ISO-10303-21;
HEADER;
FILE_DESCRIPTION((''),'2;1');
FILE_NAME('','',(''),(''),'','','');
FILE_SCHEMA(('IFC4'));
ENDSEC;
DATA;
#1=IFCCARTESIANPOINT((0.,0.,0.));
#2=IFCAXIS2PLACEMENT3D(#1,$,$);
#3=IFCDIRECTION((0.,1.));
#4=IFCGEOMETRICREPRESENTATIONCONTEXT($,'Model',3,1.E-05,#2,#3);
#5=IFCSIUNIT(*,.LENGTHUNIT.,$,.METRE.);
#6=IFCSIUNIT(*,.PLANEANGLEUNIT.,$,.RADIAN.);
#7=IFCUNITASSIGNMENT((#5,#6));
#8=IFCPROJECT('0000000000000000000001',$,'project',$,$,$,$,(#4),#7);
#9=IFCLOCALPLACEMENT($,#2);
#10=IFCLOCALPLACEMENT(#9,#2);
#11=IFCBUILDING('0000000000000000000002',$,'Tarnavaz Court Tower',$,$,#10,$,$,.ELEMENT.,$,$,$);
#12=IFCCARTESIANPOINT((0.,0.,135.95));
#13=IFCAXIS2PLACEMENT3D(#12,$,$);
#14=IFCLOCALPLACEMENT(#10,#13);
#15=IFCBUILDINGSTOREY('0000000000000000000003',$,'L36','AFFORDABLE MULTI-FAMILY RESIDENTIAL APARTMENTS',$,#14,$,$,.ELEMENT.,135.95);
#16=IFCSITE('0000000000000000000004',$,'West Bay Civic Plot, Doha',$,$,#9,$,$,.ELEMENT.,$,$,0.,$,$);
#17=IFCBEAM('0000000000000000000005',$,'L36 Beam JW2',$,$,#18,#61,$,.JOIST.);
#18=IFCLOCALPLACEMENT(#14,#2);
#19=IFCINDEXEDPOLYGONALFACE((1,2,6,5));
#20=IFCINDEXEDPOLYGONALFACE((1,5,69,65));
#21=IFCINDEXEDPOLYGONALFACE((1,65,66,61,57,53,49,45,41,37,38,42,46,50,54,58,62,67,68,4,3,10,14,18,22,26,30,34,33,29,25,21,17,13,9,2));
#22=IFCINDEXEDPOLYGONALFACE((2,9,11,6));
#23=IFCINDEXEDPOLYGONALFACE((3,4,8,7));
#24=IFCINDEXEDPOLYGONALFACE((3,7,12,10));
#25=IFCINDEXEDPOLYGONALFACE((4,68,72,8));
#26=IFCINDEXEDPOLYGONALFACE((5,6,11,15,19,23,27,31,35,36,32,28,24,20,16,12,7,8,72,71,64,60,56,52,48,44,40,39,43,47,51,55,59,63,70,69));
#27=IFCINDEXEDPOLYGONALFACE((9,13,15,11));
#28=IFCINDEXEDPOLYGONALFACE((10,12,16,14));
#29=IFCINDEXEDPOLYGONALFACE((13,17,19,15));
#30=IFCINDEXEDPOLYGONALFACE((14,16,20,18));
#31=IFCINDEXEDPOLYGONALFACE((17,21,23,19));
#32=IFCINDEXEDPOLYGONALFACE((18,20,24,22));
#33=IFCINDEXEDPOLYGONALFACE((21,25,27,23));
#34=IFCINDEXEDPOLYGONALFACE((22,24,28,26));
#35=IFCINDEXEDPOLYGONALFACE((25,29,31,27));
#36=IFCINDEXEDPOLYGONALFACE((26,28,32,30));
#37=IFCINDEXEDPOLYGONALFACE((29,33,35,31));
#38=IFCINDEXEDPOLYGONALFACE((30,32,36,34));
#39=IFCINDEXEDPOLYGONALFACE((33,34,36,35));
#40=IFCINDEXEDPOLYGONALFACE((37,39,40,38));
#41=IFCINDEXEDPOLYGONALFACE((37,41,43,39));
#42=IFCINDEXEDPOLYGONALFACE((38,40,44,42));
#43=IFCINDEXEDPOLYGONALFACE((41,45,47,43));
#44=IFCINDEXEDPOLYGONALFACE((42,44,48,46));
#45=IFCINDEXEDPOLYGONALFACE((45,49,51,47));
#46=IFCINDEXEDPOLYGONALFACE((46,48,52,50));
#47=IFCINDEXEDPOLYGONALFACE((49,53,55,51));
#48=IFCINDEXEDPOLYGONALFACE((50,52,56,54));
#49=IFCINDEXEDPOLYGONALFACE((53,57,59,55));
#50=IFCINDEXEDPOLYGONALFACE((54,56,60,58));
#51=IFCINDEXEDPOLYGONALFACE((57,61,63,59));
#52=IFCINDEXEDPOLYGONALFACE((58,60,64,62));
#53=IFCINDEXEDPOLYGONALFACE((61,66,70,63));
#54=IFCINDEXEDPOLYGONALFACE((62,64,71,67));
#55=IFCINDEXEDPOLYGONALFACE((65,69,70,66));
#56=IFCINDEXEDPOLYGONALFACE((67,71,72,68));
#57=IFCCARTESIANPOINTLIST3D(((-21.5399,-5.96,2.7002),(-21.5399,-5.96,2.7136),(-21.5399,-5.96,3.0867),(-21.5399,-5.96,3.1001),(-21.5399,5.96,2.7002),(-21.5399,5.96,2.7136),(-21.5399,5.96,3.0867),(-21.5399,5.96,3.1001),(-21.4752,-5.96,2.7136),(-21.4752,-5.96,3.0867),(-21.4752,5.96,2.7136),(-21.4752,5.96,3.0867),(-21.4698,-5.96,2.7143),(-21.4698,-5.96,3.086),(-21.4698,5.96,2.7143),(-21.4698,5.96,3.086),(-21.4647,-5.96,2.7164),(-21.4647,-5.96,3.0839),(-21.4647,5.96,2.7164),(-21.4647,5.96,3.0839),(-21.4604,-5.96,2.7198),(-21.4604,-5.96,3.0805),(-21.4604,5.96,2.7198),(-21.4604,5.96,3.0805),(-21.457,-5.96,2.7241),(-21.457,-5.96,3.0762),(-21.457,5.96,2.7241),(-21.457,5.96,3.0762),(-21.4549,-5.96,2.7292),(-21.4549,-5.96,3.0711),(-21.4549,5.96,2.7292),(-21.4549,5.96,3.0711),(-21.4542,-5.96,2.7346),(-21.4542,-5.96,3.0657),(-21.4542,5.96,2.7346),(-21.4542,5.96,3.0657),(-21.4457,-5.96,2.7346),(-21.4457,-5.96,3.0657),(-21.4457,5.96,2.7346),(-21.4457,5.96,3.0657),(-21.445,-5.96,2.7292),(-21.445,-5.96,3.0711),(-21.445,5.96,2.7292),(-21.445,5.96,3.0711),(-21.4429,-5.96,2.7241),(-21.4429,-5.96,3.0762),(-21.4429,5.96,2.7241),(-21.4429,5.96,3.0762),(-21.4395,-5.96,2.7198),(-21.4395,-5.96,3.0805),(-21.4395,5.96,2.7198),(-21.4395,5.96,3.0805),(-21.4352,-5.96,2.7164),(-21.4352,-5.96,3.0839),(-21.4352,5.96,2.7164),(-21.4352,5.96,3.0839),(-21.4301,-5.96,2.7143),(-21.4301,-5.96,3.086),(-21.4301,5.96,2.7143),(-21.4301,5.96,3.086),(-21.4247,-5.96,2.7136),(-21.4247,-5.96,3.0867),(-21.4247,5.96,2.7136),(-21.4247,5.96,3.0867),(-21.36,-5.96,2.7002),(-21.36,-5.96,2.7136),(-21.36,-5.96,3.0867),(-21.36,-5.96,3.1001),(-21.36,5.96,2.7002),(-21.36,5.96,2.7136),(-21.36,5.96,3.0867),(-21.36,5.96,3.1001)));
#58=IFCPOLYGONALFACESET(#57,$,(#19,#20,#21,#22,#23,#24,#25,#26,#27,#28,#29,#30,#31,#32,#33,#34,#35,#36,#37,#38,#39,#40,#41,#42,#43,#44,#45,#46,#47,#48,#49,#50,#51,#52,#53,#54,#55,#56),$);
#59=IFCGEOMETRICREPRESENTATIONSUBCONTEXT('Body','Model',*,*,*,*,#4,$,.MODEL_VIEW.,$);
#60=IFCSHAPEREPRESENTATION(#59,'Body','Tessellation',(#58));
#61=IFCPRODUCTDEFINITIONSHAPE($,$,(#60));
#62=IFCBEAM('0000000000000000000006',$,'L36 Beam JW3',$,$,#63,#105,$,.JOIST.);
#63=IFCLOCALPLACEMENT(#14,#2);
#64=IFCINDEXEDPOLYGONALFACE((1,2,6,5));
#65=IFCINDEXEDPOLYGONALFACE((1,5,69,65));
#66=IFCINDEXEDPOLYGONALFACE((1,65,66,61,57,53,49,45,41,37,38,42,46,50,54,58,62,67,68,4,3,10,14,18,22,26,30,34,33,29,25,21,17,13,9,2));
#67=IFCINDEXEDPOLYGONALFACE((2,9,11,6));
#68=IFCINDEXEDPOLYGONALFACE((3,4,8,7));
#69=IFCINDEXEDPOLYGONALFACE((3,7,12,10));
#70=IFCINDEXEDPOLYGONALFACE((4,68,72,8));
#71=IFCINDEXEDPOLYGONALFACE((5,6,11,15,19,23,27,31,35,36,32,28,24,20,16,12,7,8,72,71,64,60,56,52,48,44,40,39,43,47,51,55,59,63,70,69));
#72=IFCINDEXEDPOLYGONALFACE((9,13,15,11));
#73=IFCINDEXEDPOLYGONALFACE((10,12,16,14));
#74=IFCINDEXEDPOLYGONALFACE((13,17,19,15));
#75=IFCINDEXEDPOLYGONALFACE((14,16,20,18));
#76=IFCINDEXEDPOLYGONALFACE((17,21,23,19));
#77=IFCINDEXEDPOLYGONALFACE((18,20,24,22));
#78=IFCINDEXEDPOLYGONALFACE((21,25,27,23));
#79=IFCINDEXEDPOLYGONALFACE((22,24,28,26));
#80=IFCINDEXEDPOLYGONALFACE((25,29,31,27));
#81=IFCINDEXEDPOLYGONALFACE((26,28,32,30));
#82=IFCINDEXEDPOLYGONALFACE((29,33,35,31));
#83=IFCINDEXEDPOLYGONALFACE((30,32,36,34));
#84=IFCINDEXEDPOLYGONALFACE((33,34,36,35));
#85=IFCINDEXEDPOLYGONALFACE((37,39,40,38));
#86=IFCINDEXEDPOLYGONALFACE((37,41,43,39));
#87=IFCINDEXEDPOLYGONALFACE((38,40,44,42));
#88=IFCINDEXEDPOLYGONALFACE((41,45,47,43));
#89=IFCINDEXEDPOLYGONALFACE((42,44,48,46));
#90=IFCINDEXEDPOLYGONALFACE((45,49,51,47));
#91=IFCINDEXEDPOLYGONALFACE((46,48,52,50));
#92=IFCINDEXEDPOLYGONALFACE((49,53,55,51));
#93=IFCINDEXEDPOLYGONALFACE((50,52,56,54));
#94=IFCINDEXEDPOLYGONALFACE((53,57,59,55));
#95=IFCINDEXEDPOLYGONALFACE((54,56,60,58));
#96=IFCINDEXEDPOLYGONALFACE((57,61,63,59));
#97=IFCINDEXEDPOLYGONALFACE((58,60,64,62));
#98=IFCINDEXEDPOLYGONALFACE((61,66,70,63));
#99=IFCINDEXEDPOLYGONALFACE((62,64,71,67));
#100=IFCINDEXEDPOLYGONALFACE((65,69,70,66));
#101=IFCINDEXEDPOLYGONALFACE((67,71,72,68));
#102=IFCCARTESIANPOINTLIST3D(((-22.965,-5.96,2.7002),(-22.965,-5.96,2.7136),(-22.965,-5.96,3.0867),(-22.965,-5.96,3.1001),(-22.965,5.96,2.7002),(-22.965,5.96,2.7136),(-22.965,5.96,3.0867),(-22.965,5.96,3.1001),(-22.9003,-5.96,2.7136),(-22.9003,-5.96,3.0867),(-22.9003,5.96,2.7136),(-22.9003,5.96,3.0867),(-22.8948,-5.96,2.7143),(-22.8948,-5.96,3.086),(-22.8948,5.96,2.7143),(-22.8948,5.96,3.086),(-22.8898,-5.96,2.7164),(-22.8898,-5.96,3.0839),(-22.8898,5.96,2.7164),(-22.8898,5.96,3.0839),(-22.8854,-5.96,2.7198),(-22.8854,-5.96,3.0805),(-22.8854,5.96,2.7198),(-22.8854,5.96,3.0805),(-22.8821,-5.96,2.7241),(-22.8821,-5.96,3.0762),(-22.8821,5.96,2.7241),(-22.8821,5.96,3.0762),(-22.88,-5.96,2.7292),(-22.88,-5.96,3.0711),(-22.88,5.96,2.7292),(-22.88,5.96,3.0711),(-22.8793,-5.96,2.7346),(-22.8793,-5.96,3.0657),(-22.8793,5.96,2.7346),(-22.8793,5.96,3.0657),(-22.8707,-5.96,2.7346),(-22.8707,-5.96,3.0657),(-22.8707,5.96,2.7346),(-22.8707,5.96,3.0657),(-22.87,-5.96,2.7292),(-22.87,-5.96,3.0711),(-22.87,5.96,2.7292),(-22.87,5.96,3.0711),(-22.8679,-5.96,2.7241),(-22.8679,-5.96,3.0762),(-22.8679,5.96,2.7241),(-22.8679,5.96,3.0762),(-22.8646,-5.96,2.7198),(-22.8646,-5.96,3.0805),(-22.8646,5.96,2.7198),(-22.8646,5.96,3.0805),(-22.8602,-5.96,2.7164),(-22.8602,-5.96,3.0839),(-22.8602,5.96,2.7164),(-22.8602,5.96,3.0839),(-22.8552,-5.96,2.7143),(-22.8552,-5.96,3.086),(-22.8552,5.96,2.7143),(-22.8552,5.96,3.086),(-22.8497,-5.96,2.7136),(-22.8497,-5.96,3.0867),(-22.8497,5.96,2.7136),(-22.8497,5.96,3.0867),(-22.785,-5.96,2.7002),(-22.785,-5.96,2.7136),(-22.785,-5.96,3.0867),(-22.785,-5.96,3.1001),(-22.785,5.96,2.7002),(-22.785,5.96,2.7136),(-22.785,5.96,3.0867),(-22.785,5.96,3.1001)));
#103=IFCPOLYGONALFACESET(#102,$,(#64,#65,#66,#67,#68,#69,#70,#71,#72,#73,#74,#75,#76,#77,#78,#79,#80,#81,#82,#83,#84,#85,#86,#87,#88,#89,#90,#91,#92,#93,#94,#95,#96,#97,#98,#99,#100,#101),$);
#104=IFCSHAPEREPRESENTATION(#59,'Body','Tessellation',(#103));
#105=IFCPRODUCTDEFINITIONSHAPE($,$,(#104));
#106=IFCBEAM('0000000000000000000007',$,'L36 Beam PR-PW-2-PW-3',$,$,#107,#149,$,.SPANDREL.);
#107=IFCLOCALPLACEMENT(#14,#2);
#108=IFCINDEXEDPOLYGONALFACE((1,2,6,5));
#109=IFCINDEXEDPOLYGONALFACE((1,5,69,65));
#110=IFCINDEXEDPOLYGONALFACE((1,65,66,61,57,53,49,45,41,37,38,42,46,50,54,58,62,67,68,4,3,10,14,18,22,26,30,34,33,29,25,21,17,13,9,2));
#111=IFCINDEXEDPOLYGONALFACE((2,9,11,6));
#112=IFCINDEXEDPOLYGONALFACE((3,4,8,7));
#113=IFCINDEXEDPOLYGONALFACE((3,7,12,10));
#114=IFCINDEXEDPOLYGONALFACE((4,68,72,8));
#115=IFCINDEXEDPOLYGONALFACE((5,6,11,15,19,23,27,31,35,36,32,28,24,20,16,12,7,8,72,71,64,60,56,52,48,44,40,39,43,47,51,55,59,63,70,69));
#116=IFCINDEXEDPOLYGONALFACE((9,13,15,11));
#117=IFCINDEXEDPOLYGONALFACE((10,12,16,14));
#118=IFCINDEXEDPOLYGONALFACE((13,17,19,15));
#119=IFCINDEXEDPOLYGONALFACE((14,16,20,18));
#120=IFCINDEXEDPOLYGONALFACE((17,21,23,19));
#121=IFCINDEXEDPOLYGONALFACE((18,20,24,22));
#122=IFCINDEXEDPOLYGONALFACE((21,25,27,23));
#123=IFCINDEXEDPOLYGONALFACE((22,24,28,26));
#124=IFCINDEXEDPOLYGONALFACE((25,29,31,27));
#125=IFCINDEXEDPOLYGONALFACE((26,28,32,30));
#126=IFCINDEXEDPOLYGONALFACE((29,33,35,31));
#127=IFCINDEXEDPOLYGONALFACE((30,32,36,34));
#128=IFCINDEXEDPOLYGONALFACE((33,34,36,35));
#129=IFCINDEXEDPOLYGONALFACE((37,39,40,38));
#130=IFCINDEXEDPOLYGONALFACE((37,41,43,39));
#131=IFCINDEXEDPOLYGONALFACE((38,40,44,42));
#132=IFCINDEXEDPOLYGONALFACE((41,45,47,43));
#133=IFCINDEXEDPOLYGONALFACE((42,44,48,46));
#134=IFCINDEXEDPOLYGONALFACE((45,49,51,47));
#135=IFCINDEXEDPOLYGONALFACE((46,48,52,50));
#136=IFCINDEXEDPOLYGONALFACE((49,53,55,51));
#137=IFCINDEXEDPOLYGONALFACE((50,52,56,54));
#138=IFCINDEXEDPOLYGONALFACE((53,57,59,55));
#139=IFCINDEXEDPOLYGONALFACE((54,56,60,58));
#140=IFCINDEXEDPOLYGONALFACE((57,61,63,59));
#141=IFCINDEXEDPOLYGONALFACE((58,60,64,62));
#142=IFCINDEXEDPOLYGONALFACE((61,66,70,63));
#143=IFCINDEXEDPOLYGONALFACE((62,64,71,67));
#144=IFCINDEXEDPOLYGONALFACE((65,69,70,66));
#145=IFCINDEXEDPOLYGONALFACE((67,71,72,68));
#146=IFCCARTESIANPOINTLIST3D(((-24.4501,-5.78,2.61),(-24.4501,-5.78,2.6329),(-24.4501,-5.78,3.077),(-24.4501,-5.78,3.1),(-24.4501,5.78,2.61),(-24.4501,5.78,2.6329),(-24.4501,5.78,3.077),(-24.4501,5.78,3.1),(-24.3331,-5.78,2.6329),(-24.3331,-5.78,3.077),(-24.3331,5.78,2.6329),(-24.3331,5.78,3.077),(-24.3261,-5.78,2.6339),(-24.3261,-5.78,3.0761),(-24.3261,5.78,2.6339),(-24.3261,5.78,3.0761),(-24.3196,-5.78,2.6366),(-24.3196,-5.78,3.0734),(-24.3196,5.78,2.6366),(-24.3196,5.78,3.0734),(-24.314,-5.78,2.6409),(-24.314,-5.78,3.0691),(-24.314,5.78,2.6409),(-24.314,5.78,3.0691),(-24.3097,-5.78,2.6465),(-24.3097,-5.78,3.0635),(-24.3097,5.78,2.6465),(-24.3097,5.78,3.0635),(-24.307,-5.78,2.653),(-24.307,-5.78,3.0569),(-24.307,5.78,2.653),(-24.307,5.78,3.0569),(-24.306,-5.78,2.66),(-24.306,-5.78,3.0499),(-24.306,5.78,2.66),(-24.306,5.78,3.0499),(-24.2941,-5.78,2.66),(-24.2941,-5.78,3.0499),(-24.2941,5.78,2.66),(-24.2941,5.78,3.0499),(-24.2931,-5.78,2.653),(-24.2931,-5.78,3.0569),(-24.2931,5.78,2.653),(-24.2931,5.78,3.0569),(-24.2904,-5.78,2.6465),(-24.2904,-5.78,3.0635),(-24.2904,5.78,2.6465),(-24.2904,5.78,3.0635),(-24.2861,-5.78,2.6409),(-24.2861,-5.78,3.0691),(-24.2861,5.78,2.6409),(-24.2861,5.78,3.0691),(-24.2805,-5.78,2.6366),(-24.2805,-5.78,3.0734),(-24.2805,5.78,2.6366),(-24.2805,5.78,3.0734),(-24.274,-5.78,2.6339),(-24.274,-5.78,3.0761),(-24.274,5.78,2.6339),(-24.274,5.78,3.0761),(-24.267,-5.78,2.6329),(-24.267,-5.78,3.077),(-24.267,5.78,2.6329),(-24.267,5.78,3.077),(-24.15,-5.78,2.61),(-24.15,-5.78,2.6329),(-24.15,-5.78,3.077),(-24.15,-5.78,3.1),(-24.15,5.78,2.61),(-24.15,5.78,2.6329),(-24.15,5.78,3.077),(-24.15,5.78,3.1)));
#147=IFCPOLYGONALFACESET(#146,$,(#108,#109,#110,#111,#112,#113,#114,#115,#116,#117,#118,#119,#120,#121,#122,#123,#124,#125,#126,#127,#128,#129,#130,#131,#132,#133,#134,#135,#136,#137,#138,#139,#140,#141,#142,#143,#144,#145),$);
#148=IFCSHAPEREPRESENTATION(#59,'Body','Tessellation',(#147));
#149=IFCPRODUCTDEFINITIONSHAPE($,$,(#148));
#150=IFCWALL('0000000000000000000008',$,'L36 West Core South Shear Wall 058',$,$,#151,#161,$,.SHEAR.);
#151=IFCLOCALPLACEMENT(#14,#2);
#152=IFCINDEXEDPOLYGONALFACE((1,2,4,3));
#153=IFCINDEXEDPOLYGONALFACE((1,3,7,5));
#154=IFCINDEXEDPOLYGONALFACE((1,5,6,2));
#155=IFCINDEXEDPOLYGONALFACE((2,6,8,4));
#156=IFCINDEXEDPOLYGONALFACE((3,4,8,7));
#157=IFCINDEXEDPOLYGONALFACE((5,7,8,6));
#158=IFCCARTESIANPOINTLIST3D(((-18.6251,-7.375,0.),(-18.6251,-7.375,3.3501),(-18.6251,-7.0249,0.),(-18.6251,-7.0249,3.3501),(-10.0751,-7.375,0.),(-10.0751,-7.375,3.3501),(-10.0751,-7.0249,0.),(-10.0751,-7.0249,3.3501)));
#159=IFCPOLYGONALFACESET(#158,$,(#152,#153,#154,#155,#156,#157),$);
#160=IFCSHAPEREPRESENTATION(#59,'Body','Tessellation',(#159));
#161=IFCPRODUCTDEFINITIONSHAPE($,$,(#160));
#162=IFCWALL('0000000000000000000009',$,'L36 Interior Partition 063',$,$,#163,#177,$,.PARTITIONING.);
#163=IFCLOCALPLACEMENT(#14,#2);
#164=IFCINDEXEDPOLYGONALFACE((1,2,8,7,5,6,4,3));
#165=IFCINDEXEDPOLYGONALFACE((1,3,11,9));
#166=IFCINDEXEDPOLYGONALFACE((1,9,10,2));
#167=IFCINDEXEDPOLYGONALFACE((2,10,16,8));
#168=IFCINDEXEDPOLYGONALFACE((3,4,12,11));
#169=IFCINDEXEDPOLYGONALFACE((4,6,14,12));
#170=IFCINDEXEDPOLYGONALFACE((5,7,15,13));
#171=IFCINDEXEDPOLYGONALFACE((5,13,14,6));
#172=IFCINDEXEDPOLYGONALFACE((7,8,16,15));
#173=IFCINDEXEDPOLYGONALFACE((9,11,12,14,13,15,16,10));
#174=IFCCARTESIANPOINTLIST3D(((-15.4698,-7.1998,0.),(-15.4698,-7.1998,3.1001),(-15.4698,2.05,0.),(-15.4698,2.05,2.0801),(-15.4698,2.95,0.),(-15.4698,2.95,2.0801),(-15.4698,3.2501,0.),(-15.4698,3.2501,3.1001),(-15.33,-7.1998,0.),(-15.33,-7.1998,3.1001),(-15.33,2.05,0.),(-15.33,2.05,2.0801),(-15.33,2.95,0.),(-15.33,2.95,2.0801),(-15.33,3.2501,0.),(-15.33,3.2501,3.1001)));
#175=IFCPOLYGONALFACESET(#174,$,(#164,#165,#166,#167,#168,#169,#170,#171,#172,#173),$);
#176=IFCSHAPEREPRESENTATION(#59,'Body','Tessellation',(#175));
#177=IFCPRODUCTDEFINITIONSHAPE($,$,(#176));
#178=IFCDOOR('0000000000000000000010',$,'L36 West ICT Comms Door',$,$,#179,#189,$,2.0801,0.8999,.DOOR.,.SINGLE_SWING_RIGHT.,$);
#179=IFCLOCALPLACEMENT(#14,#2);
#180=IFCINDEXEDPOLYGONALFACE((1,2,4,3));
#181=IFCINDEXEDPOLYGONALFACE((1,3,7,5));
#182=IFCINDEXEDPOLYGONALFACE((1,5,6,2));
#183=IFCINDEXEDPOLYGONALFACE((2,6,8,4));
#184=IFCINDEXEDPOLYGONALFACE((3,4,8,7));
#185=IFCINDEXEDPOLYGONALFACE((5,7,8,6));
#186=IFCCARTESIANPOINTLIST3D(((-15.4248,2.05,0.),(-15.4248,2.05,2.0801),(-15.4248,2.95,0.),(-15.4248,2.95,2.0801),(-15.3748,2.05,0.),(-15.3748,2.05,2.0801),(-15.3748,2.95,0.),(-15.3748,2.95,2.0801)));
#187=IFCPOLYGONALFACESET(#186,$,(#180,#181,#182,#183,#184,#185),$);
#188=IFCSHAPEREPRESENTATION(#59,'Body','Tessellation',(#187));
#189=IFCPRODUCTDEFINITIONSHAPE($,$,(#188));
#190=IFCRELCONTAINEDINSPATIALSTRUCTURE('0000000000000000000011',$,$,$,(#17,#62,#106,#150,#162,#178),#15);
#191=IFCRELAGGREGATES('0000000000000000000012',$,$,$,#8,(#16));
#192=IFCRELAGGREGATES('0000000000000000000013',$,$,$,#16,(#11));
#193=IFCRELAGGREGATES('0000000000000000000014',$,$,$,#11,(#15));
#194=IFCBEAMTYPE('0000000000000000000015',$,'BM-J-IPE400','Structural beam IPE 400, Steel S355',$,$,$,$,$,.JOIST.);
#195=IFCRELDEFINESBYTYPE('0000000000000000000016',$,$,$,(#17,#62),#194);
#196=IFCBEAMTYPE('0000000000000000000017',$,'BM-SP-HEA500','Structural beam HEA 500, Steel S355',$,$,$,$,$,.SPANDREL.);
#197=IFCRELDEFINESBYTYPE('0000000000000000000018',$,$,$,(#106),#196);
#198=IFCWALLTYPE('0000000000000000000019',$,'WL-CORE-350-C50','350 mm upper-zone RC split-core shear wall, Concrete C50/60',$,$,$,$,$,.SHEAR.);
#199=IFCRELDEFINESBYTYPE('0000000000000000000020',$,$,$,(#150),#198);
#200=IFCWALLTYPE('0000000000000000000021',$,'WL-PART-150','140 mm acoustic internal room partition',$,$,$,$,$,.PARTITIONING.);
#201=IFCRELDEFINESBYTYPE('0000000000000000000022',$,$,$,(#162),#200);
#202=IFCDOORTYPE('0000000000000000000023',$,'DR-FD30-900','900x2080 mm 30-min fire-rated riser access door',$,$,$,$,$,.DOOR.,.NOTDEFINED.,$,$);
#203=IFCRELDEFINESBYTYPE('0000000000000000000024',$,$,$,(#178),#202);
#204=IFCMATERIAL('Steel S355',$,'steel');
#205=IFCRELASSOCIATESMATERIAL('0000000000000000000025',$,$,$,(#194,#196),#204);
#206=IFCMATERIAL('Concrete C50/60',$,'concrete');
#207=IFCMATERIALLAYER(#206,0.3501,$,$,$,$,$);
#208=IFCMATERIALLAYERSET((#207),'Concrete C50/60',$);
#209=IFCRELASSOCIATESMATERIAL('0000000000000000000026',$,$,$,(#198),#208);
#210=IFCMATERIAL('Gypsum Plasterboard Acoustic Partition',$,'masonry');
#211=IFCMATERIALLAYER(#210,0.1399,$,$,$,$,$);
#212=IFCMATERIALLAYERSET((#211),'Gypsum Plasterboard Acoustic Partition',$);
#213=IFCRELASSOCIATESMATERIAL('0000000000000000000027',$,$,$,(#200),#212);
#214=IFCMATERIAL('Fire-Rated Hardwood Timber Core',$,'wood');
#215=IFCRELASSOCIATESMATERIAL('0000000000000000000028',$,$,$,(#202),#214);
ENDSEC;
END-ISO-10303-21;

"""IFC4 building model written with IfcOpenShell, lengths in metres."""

from ifc_helpers import new_model, si_unit, direction, frame, frame_2d, origin, origin_2d, place, context, subcontext, project, spatial, rectangle, i_section, extrude, material, layer, layer_set, material_profile, profile_set, type_object, element, fill, save


model = new_model("IFC4")

# Units and contexts
model_context = context("Model", 3, precision=1e-05, world=origin(), true_north=direction((0.0, 1.0)))
body_context = subcontext(model_context, "Body", "Model", "MODEL_VIEW")
ifc_project = project(units=[si_unit("LENGTHUNIT", "METRE"), si_unit("PLANEANGLEUNIT", "RADIAN")], contexts=[model_context])

# Site, building, storey
site_placement = place(None, origin())
site = spatial("IfcSite", under=ifc_project, at=site_placement, Name="West Bay Civic Plot, Doha", CompositionType="ELEMENT", RefElevation=0.0)
building_placement = place(site_placement, origin())
building = spatial("IfcBuilding", under=site, at=building_placement, Name="Tarnavaz Court Tower", CompositionType="ELEMENT")
storey_placement = place(building_placement, frame((0.0, 0.0, 135.95)))
storey = spatial("IfcBuildingStorey", under=building, at=storey_placement, Name="L36", Description="AFFORDABLE MULTI-FAMILY RESIDENTIAL APARTMENTS", CompositionType="ELEMENT", Elevation=135.95)

# Shared definitions
ifc_material_1 = material(Name="Concrete C50/60", Category="concrete")

# Beams
ifc_material_2 = material(Name="Steel S355", Category="steel")
ifc_material_profile_1 = material_profile(ifc_material_2, i_section(OverallWidth=0.1799, OverallDepth=0.3999, WebThickness=0.0085, FlangeThickness=0.0134, FilletRadius=0.021, at=origin_2d()), Name="IPE 400")
ifc_profile_set_1 = profile_set([ifc_material_profile_1], Name="Steel S355")
beam_type_1 = type_object("IfcBeamType", Name="BM-J-IPE400", Description="Structural beam IPE 400, Steel S355", PredefinedType="JOIST", material=ifc_profile_set_1)
for number, where, z_axis, x_axis, name in (
    (1, (-21.45, -5.96, 2.9001), (0.0, 1.0, 0.0), (-1.0, 0.0, 0.0), "L36 Beam JW2"),
    (2, (-22.875, -5.96, 2.9001), (0.0, 1.0, 0.0), (-1.0, 0.0, 0.0), "L36 Beam JW3"),
):
    element("IfcBeam", number, at=place(storey_placement, frame(where, z_axis=z_axis, x_axis=x_axis)), inside=storey, type_object=beam_type_1, Name=name, PredefinedType="JOIST", context=body_context, shape_type="SweptSolid", body=[
        extrude(i_section(OverallWidth=0.1799, OverallDepth=0.3999, WebThickness=0.0085, FlangeThickness=0.0134, FilletRadius=0.021, at=origin_2d()), origin(), (0.0, 0.0, 1.0), 11.9199),
    ])
ifc_material_profile_2 = material_profile(ifc_material_2, i_section(OverallWidth=0.3, OverallDepth=0.49, WebThickness=0.012, FlangeThickness=0.0229, FilletRadius=0.0271, at=origin_2d()), Name="HEA 500")
ifc_profile_set_2 = profile_set([ifc_material_profile_2], Name="Steel S355")
beam_type_2 = type_object("IfcBeamType", Name="BM-SP-HEA500", Description="Structural beam HEA 500, Steel S355", PredefinedType="SPANDREL", material=ifc_profile_set_2)
beam_1_placement = place(storey_placement, frame((-24.3, -5.78, 2.855), z_axis=(0.0, 1.0, 0.0), x_axis=(-1.0, 0.0, 0.0)))
element("IfcBeam", 3, at=beam_1_placement, inside=storey, type_object=beam_type_2, Name="L36 Beam PR-PW-2-PW-3", PredefinedType="SPANDREL", context=body_context, shape_type="SweptSolid", body=[
    extrude(i_section(OverallWidth=0.3, OverallDepth=0.49, WebThickness=0.012, FlangeThickness=0.0229, FilletRadius=0.0271, at=origin_2d()), origin(), (0.0, 0.0, 1.0), 11.5601),
])

# Wall
ifc_layer_1 = layer(ifc_material_1, 0.3501)
ifc_layer_set_1 = layer_set([ifc_layer_1], Name="Concrete C50/60")
wall_type_1 = type_object("IfcWallType", Name="WL-CORE-350-C50", Description="350 mm upper-zone RC split-core shear wall, Concrete C50/60", PredefinedType="SHEAR", material=ifc_layer_set_1)
wall_1_placement = place(storey_placement, frame((-18.625, -7.2, 0.0), z_axis=(0.0, 0.0, 1.0), x_axis=(1.0, 0.0, 0.0)))
element("IfcWall", 4, at=wall_1_placement, inside=storey, type_object=wall_type_1, Name="L36 West Core South Shear Wall 058", PredefinedType="SHEAR", context=body_context, shape_type="SweptSolid", body=[
    extrude(rectangle(XDim=8.55, YDim=0.3501, at=frame_2d((4.2749, 0.0))), origin(), (0.0, 0.0, 1.0), 3.3501),
])

# Wall, opening, door
ifc_material_3 = material(Name="Gypsum Plasterboard Acoustic Partition", Category="masonry")
ifc_layer_2 = layer(ifc_material_3, 0.1399)
ifc_layer_set_2 = layer_set([ifc_layer_2], Name="Gypsum Plasterboard Acoustic Partition")
wall_type_2 = type_object("IfcWallType", Name="WL-PART-150", Description="140 mm acoustic internal room partition", PredefinedType="PARTITIONING", material=ifc_layer_set_2)
wall_2_placement = place(storey_placement, frame((-15.3999, -7.2, 0.0), z_axis=(0.0, 0.0, 1.0), x_axis=(0.0, 1.0, 0.0)))
wall_2 = element("IfcWall", 5, at=wall_2_placement, inside=storey, type_object=wall_type_2, Name="L36 Interior Partition 063", PredefinedType="PARTITIONING", context=body_context, shape_type="SweptSolid", body=[
    extrude(rectangle(XDim=10.45, YDim=0.1399, at=frame_2d((5.2251, 0.0))), origin(), (0.0, 0.0, 1.0), 3.1001),
])
opening_1_placement = place(wall_2_placement, frame((9.25, 0.0, 0.0)))
opening_1 = element("IfcOpeningElement", 6, at=opening_1_placement, cuts=wall_2, PredefinedType="OPENING", context=body_context, shape_type="SweptSolid", body=[
    extrude(rectangle(XDim=0.8999, YDim=2.0801, at=frame_2d((0.45, 1.04))), frame((0.0, 0.0798, 0.0), z_axis=(0.0, -1.0, 0.0), x_axis=(1.0, 0.0, 0.0)), (0.0, 0.0, 1.0), 0.1599),
])
ifc_material_4 = material(Name="Fire-Rated Hardwood Timber Core", Category="wood")
door_type = type_object("IfcDoorType", Name="DR-FD30-900", Description="900x2080 mm 30-min fire-rated riser access door", OperationType="NOTDEFINED", PredefinedType="DOOR", material=ifc_material_4)
door_1_placement = place(opening_1_placement, origin())
door_1 = element("IfcDoor", 7, at=door_1_placement, inside=storey, type_object=door_type, Name="L36 West ICT Comms Door", OperationType="SINGLE_SWING_RIGHT", OverallHeight=2.0801, OverallWidth=0.8999, PredefinedType="DOOR", context=body_context, shape_type="SweptSolid", body=[
    extrude(rectangle(XDim=0.8999, YDim=2.0801, at=frame_2d((0.45, 1.04))), frame((0.0, 0.0249, 0.0), z_axis=(0.0, -1.0, 0.0), x_axis=(1.0, 0.0, 0.0)), (0.0, 0.0, 1.0), 0.05),
])
fill(opening_1, door_1)

save(model, "model.ifc")
